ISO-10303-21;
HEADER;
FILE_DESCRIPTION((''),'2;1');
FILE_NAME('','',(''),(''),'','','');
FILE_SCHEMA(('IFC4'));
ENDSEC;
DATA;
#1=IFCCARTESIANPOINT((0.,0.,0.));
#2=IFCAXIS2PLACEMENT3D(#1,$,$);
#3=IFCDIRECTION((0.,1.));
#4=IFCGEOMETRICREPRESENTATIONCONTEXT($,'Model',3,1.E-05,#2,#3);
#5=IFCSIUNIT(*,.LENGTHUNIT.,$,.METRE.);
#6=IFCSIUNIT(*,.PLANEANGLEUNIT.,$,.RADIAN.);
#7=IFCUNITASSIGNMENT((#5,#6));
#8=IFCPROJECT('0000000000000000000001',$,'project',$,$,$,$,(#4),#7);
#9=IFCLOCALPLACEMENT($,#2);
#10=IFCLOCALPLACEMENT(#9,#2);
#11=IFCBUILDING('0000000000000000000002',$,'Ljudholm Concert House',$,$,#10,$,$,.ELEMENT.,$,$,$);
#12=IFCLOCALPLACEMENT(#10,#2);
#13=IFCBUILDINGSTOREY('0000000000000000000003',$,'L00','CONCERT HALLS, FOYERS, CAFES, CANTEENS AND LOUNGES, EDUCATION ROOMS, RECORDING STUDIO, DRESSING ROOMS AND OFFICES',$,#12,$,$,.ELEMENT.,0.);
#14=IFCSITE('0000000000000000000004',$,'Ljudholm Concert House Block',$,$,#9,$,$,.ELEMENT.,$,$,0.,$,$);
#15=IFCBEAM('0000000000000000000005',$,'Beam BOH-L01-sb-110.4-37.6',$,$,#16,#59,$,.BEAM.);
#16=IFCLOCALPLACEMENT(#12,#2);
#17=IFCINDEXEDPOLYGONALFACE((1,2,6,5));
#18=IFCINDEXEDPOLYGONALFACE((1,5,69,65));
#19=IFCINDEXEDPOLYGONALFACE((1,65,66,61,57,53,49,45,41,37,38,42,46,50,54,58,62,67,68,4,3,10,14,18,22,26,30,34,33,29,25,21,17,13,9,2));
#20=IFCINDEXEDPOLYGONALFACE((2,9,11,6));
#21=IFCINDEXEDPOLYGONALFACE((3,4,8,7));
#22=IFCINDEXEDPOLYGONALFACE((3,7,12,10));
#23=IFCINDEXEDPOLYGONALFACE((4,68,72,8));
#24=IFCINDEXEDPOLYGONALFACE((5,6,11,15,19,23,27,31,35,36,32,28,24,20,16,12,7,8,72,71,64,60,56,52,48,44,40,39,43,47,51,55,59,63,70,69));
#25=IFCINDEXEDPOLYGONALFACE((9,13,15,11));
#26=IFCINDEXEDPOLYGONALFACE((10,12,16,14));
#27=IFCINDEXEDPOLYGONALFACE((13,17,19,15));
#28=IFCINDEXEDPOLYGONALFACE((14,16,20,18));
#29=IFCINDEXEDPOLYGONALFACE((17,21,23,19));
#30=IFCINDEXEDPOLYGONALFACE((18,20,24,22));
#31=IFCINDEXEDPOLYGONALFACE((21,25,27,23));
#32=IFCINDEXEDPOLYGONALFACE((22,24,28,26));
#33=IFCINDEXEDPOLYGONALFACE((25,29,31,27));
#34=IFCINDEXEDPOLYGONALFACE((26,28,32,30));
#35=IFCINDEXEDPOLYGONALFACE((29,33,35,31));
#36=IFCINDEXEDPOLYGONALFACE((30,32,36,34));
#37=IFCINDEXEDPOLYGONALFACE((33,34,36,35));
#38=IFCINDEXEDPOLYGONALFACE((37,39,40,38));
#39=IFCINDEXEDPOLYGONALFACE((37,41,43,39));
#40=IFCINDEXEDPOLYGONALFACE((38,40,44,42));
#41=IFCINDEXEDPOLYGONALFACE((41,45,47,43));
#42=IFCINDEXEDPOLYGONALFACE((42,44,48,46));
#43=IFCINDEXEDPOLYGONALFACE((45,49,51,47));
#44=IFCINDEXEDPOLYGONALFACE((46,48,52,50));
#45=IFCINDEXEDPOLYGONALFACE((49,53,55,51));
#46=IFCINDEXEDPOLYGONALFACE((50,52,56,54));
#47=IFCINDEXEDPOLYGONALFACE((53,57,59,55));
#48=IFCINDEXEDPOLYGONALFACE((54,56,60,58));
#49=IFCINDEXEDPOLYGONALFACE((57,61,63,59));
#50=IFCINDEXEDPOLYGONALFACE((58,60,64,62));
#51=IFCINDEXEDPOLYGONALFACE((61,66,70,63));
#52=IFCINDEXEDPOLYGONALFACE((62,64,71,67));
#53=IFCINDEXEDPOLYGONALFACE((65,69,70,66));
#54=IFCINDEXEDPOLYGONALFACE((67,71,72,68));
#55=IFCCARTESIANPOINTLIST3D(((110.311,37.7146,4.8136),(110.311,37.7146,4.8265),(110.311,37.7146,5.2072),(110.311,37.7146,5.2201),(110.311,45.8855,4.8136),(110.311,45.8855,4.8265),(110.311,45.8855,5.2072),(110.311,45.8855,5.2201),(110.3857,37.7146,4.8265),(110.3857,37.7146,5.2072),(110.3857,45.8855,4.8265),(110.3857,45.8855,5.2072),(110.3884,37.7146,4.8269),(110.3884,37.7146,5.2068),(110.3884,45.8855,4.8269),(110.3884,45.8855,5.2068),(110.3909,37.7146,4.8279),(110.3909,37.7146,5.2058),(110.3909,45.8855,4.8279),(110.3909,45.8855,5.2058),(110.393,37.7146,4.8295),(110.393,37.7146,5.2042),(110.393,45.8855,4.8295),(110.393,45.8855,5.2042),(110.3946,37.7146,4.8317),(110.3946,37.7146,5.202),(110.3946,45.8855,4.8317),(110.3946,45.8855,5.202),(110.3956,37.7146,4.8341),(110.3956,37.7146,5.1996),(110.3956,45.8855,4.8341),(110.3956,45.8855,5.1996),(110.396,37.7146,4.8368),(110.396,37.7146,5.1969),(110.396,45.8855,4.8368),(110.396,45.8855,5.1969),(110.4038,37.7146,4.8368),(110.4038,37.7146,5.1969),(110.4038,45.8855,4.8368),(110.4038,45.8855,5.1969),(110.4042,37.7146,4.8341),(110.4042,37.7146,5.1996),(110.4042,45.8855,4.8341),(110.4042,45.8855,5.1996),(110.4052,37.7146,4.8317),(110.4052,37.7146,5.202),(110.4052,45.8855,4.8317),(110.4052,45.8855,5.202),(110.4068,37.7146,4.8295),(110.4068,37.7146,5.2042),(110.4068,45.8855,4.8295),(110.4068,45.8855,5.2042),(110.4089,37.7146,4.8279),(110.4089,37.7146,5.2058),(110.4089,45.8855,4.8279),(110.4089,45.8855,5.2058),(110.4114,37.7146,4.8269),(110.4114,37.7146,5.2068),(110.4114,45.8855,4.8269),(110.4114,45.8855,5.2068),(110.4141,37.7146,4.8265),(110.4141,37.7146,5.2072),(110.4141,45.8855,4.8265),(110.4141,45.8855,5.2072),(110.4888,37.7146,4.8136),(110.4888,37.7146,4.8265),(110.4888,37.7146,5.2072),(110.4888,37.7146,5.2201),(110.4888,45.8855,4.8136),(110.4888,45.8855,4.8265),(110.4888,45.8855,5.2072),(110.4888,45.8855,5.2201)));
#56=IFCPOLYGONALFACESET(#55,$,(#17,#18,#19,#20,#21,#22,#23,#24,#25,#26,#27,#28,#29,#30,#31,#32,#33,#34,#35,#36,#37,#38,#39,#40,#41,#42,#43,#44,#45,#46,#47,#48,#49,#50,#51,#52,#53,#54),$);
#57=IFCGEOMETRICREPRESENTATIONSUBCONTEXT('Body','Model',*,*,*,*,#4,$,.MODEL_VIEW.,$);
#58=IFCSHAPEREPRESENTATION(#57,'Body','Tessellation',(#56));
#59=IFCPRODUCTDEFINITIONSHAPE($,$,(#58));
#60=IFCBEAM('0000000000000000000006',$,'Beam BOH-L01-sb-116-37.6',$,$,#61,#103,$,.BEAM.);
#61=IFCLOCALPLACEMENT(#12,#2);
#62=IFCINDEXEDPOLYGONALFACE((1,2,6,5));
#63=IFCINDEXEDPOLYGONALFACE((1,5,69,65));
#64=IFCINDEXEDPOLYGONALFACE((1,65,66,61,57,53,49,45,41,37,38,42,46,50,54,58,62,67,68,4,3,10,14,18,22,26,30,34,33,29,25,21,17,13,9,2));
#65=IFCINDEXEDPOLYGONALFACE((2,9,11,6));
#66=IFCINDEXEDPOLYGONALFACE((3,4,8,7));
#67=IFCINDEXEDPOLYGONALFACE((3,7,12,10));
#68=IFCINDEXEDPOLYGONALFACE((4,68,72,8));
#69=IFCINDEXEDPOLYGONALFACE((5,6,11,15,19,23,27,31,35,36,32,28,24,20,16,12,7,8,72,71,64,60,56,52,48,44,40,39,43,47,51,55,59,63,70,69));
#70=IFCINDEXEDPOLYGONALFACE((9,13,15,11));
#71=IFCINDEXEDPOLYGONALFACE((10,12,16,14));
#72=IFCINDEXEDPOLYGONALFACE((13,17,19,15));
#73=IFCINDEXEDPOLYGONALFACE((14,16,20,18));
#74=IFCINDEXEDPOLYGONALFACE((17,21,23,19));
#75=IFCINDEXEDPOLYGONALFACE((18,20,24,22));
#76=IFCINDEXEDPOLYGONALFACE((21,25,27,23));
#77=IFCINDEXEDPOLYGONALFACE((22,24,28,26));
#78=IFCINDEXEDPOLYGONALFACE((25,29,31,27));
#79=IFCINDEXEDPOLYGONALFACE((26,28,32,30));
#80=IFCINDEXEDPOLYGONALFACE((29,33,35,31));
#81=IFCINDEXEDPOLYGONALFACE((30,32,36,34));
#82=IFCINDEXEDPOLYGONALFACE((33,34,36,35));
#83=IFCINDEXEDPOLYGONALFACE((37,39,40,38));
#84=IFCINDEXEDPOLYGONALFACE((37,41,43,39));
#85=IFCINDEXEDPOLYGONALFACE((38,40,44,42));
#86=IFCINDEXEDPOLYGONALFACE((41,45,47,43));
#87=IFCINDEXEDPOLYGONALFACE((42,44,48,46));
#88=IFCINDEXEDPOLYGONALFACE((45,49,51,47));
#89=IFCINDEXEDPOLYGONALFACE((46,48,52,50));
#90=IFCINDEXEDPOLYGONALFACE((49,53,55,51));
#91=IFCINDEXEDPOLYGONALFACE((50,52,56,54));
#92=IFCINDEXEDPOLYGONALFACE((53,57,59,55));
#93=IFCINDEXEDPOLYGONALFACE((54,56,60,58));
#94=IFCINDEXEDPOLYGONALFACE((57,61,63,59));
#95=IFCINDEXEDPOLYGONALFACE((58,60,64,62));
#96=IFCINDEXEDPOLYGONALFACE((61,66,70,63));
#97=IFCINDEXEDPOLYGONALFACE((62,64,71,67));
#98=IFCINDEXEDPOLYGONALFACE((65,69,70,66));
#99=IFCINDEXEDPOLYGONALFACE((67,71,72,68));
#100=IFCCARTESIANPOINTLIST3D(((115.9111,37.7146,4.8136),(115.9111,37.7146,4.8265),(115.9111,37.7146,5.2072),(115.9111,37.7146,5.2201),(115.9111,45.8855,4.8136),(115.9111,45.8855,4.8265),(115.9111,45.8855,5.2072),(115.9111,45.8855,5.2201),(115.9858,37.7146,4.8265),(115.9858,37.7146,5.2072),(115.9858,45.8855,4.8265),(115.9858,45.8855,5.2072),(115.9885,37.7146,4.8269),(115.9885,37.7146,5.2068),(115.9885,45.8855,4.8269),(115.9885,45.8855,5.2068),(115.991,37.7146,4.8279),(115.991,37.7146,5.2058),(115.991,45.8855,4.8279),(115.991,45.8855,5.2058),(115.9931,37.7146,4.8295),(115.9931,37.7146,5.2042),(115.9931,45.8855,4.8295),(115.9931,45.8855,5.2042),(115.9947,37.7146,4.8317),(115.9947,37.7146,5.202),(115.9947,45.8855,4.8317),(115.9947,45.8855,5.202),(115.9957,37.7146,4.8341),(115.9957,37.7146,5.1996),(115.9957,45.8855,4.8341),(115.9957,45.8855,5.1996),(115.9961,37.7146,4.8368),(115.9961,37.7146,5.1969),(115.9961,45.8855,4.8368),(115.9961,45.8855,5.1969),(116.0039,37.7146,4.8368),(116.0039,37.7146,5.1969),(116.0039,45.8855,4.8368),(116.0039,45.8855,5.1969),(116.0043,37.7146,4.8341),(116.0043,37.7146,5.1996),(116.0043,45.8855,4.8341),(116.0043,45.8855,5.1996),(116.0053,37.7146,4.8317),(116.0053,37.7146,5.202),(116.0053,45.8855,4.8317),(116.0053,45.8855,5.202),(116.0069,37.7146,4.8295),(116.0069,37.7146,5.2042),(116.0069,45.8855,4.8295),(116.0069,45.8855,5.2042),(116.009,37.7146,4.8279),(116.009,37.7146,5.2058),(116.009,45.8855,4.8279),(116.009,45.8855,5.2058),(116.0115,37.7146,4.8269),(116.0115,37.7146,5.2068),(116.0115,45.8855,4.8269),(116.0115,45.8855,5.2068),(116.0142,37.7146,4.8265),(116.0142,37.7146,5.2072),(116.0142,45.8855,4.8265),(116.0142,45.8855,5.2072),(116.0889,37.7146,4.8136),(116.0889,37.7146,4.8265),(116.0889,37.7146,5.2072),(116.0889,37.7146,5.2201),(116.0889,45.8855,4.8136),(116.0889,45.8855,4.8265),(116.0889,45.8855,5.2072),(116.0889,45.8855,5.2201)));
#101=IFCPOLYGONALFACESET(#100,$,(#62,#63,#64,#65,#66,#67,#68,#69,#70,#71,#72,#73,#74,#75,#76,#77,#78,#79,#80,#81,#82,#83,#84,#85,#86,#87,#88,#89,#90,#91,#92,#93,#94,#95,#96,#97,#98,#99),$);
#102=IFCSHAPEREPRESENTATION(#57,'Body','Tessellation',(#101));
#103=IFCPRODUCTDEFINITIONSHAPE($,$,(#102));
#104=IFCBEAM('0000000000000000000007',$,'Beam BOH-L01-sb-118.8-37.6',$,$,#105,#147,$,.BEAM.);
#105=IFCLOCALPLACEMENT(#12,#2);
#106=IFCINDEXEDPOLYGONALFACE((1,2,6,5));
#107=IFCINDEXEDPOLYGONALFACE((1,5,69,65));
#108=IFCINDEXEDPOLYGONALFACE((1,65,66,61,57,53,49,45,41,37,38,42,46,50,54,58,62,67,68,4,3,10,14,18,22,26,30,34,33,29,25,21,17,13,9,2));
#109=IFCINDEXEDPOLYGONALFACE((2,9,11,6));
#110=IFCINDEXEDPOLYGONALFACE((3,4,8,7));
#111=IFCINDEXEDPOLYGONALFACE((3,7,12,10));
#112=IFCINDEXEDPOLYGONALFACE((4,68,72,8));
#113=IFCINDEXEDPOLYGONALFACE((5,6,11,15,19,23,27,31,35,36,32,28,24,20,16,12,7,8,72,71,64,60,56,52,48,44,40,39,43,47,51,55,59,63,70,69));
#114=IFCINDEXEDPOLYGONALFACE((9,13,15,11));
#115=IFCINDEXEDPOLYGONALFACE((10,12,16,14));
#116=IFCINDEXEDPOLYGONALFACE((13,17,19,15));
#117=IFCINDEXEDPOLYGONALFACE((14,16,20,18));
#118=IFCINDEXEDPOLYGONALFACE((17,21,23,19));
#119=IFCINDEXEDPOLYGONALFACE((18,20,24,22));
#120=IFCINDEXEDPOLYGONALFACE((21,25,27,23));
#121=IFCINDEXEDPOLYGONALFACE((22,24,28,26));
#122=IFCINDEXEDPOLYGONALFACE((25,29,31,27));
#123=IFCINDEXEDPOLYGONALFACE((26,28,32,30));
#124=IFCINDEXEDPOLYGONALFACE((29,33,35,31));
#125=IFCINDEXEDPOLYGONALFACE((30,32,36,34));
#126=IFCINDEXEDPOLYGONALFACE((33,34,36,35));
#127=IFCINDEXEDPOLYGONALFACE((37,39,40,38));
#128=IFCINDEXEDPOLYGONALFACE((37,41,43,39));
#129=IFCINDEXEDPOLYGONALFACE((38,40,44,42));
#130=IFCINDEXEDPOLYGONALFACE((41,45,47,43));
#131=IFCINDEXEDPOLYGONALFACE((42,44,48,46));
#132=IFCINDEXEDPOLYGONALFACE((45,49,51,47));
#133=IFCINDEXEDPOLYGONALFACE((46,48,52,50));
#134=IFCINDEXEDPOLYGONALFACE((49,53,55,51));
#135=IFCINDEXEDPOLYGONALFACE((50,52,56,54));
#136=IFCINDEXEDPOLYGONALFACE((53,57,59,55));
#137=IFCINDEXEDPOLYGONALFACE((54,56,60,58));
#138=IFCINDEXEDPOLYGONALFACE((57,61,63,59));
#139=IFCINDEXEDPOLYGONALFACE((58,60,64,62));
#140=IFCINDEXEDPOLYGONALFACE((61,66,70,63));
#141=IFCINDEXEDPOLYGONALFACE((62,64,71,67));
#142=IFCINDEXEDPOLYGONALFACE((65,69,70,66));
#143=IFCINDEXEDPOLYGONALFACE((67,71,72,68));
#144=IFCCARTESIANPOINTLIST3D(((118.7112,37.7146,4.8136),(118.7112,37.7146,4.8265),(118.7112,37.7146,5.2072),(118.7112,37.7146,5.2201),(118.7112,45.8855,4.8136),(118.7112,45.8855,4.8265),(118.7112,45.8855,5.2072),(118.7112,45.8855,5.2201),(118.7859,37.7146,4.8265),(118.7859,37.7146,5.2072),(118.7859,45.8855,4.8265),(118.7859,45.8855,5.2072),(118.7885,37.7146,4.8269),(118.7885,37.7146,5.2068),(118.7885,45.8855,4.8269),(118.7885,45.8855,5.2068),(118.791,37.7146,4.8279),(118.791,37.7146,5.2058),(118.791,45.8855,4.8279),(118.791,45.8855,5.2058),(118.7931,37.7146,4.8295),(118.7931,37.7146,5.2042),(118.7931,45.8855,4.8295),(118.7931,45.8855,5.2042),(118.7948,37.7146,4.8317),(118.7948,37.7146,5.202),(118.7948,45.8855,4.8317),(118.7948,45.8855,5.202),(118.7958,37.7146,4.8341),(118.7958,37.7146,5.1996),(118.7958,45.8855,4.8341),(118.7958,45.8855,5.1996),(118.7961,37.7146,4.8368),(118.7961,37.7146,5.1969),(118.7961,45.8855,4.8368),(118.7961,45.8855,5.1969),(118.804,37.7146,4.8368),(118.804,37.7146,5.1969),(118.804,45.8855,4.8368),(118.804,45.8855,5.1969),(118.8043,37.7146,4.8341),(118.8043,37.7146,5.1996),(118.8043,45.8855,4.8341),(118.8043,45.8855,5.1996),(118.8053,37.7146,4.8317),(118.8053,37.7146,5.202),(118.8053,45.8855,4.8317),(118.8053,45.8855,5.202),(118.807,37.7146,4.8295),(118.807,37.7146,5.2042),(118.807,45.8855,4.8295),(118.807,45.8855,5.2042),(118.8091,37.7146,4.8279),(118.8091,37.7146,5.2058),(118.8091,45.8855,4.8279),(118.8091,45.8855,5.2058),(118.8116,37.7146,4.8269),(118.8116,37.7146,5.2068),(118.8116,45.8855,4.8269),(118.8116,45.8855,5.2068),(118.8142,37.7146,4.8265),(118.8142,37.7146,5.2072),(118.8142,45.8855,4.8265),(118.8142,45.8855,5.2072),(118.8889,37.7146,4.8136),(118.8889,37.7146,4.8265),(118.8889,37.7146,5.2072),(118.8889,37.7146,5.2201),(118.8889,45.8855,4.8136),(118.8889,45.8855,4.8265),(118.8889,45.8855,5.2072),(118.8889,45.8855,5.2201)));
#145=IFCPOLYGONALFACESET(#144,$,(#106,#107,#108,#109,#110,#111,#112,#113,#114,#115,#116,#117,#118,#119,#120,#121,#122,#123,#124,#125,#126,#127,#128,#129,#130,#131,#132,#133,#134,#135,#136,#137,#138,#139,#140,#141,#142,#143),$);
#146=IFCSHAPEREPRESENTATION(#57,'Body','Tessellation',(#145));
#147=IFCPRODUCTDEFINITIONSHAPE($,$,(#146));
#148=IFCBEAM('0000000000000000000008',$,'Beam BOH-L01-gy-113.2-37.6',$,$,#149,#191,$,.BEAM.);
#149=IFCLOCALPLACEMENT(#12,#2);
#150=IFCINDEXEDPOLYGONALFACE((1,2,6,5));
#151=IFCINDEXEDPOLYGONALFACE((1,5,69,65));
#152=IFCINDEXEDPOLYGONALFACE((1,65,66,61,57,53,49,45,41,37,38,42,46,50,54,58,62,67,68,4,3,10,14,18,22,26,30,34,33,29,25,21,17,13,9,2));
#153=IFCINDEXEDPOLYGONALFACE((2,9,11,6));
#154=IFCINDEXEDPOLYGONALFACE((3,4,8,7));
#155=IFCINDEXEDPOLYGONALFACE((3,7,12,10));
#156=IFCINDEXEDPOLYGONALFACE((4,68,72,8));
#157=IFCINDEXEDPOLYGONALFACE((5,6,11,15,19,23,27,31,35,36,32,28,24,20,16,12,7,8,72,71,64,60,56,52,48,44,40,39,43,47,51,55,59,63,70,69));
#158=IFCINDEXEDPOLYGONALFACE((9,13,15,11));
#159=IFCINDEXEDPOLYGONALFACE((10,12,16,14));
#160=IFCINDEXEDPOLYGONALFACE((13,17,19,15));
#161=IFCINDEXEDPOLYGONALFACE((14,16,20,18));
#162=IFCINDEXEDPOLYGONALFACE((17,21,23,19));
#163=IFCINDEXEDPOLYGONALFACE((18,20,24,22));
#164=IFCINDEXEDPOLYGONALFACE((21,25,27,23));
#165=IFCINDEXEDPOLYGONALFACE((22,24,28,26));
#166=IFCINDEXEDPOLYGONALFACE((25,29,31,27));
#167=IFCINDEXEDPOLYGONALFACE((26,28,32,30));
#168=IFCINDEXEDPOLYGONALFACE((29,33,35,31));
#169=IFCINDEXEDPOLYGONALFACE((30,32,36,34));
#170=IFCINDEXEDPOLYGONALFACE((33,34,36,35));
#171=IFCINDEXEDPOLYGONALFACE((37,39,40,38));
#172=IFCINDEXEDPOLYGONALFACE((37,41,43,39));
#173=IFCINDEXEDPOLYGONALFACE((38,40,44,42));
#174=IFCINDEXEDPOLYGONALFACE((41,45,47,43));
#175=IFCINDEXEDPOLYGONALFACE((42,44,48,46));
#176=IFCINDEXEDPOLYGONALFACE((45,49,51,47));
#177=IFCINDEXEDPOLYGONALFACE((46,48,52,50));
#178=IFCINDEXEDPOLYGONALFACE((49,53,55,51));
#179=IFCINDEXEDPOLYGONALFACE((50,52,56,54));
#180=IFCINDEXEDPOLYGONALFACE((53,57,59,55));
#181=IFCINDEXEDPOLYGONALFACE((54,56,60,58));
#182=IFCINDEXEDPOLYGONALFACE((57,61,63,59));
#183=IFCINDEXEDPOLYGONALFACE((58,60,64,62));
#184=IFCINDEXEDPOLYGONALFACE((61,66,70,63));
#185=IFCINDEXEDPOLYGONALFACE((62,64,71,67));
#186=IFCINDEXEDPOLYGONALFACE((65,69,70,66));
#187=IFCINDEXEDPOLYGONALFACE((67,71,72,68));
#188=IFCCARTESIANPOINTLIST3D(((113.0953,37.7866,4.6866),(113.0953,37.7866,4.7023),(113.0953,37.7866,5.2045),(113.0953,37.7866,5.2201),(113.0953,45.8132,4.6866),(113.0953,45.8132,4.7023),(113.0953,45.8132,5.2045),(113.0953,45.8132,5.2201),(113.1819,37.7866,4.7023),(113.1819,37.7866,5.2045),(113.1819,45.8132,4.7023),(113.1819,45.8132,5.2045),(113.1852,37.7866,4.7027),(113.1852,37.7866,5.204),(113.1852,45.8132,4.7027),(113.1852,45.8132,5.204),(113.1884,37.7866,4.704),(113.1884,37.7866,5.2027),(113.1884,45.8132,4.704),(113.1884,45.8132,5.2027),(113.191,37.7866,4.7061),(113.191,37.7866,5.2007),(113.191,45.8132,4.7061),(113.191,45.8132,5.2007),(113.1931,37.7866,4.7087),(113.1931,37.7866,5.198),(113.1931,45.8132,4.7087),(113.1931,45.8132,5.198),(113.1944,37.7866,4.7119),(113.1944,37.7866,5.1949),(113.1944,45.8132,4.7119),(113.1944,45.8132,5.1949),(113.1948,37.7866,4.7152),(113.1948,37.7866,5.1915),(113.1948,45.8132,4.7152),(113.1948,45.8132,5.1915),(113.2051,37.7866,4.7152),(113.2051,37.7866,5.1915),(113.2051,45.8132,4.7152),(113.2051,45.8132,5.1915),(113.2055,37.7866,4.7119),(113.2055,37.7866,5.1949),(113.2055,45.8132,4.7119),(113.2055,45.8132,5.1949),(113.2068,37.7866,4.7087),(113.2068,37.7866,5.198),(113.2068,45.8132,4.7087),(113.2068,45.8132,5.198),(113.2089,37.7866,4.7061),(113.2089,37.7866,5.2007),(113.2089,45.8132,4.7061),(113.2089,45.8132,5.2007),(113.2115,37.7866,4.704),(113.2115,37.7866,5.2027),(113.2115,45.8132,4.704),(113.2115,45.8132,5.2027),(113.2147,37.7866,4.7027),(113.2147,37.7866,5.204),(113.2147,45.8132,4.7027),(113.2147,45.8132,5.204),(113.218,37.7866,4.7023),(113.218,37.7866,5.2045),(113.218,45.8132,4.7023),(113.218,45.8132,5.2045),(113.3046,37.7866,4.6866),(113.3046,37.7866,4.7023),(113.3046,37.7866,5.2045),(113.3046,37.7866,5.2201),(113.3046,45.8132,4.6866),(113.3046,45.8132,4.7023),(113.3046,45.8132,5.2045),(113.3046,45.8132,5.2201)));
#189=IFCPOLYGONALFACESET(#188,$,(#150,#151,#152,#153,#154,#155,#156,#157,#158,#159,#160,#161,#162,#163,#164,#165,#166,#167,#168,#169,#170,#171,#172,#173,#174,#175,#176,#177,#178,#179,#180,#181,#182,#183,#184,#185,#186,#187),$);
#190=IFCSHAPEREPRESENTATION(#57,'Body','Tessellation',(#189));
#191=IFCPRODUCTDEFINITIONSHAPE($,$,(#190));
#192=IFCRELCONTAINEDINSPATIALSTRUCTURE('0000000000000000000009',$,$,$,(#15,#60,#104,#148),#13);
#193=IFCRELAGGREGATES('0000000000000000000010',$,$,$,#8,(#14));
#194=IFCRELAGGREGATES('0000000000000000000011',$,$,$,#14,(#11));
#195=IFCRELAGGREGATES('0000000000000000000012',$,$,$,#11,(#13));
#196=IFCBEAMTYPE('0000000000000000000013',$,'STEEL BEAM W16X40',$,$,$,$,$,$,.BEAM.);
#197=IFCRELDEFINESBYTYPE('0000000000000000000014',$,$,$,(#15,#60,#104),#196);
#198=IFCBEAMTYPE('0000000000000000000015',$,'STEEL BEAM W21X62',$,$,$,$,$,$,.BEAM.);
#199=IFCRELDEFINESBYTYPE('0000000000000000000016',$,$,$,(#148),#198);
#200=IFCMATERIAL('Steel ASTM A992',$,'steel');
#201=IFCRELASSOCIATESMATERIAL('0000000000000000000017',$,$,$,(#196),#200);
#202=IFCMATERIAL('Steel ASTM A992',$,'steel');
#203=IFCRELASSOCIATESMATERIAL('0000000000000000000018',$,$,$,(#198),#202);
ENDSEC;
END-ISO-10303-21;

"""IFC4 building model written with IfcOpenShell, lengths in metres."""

from ifc_helpers import new_model, si_unit, direction, frame, origin, origin_2d, place, context, subcontext, project, spatial, i_section, extrude, material, material_profile, profile_set, type_object, element, save


model = new_model("IFC4")

# Units and contexts
model_context = context("Model", 3, precision=1e-05, world=origin(), true_north=direction((0.0, 1.0)))
body_context = subcontext(model_context, "Body", "Model", "MODEL_VIEW")
ifc_project = project(units=[si_unit("LENGTHUNIT", "METRE"), si_unit("PLANEANGLEUNIT", "RADIAN")], contexts=[model_context])

# Site, building, storey
site_placement = place(None, origin())
site = spatial("IfcSite", under=ifc_project, at=site_placement, Name="Ljudholm Concert House Block", CompositionType="ELEMENT", RefElevation=0.0)
building_placement = place(site_placement, origin())
building = spatial("IfcBuilding", under=site, at=building_placement, Name="Ljudholm Concert House", CompositionType="ELEMENT")
storey_placement = place(building_placement, origin())
storey = spatial("IfcBuildingStorey", under=building, at=storey_placement, Name="L00", Description="CONCERT HALLS, FOYERS, CAFES, CANTEENS AND LOUNGES, EDUCATION ROOMS, RECORDING STUDIO, DRESSING ROOMS AND OFFICES", CompositionType="ELEMENT", Elevation=0.0)

# Beams
ifc_material_1 = material(Name="Steel ASTM A992", Category="steel")
ifc_material_profile_1 = material_profile(ifc_material_1, i_section(OverallWidth=0.1777, OverallDepth=0.4065, WebThickness=0.0078, FlangeThickness=0.0129, FilletRadius=0.0103, at=origin_2d()), Name="W16X40")
ifc_profile_set_1 = profile_set([ifc_material_profile_1], Name="Steel ASTM A992")
beam_type_1 = type_object("IfcBeamType", Name="STEEL BEAM W16X40", PredefinedType="BEAM", material=ifc_profile_set_1)
for number, where, z_axis, x_axis, name in (
    (1, (110.3999, 37.7146, 5.0168), (0.0, 1.0, 0.0), (-1.0, 0.0, 0.0), "Beam BOH-L01-sb-110.4-37.6"),
    (2, (116.0, 37.7146, 5.0168), (0.0, 1.0, 0.0), (-1.0, 0.0, 0.0), "Beam BOH-L01-sb-116-37.6"),
    (3, (118.8, 37.7146, 5.0168), (0.0, 1.0, 0.0), (-1.0, 0.0, 0.0), "Beam BOH-L01-sb-118.8-37.6"),
):
    element("IfcBeam", number, at=place(storey_placement, frame(where, z_axis=z_axis, x_axis=x_axis)), inside=storey, type_object=beam_type_1, Name=name, PredefinedType="BEAM", context=body_context, shape_type="SweptSolid", body=[
        extrude(i_section(OverallWidth=0.1777, OverallDepth=0.4065, WebThickness=0.0078, FlangeThickness=0.0129, FilletRadius=0.0103, at=origin_2d()), origin(), (0.0, 0.0, 1.0), 8.1709),
    ])
ifc_material_2 = material(Name="Steel ASTM A992", Category="steel")
ifc_material_profile_2 = material_profile(ifc_material_2, i_section(OverallWidth=0.2092, OverallDepth=0.5334, WebThickness=0.0103, FlangeThickness=0.0156, FilletRadius=0.0129, at=origin_2d()), Name="W21X62")
ifc_profile_set_2 = profile_set([ifc_material_profile_2], Name="Steel ASTM A992")
beam_type_2 = type_object("IfcBeamType", Name="STEEL BEAM W21X62", PredefinedType="BEAM", material=ifc_profile_set_2)
for number, where, z_axis, x_axis, name in (
    (4, (113.2, 37.7866, 4.9534), (0.0, 1.0, 0.0), (-1.0, 0.0, 0.0), "Beam BOH-L01-gy-113.2-37.6"),
):
    element("IfcBeam", number, at=place(storey_placement, frame(where, z_axis=z_axis, x_axis=x_axis)), inside=storey, type_object=beam_type_2, Name=name, PredefinedType="BEAM", context=body_context, shape_type="SweptSolid", body=[
        extrude(i_section(OverallWidth=0.2092, OverallDepth=0.5334, WebThickness=0.0103, FlangeThickness=0.0156, FilletRadius=0.0129, at=origin_2d()), origin(), (0.0, 0.0, 1.0), 8.0266),
    ])

save(model, "model.ifc")
